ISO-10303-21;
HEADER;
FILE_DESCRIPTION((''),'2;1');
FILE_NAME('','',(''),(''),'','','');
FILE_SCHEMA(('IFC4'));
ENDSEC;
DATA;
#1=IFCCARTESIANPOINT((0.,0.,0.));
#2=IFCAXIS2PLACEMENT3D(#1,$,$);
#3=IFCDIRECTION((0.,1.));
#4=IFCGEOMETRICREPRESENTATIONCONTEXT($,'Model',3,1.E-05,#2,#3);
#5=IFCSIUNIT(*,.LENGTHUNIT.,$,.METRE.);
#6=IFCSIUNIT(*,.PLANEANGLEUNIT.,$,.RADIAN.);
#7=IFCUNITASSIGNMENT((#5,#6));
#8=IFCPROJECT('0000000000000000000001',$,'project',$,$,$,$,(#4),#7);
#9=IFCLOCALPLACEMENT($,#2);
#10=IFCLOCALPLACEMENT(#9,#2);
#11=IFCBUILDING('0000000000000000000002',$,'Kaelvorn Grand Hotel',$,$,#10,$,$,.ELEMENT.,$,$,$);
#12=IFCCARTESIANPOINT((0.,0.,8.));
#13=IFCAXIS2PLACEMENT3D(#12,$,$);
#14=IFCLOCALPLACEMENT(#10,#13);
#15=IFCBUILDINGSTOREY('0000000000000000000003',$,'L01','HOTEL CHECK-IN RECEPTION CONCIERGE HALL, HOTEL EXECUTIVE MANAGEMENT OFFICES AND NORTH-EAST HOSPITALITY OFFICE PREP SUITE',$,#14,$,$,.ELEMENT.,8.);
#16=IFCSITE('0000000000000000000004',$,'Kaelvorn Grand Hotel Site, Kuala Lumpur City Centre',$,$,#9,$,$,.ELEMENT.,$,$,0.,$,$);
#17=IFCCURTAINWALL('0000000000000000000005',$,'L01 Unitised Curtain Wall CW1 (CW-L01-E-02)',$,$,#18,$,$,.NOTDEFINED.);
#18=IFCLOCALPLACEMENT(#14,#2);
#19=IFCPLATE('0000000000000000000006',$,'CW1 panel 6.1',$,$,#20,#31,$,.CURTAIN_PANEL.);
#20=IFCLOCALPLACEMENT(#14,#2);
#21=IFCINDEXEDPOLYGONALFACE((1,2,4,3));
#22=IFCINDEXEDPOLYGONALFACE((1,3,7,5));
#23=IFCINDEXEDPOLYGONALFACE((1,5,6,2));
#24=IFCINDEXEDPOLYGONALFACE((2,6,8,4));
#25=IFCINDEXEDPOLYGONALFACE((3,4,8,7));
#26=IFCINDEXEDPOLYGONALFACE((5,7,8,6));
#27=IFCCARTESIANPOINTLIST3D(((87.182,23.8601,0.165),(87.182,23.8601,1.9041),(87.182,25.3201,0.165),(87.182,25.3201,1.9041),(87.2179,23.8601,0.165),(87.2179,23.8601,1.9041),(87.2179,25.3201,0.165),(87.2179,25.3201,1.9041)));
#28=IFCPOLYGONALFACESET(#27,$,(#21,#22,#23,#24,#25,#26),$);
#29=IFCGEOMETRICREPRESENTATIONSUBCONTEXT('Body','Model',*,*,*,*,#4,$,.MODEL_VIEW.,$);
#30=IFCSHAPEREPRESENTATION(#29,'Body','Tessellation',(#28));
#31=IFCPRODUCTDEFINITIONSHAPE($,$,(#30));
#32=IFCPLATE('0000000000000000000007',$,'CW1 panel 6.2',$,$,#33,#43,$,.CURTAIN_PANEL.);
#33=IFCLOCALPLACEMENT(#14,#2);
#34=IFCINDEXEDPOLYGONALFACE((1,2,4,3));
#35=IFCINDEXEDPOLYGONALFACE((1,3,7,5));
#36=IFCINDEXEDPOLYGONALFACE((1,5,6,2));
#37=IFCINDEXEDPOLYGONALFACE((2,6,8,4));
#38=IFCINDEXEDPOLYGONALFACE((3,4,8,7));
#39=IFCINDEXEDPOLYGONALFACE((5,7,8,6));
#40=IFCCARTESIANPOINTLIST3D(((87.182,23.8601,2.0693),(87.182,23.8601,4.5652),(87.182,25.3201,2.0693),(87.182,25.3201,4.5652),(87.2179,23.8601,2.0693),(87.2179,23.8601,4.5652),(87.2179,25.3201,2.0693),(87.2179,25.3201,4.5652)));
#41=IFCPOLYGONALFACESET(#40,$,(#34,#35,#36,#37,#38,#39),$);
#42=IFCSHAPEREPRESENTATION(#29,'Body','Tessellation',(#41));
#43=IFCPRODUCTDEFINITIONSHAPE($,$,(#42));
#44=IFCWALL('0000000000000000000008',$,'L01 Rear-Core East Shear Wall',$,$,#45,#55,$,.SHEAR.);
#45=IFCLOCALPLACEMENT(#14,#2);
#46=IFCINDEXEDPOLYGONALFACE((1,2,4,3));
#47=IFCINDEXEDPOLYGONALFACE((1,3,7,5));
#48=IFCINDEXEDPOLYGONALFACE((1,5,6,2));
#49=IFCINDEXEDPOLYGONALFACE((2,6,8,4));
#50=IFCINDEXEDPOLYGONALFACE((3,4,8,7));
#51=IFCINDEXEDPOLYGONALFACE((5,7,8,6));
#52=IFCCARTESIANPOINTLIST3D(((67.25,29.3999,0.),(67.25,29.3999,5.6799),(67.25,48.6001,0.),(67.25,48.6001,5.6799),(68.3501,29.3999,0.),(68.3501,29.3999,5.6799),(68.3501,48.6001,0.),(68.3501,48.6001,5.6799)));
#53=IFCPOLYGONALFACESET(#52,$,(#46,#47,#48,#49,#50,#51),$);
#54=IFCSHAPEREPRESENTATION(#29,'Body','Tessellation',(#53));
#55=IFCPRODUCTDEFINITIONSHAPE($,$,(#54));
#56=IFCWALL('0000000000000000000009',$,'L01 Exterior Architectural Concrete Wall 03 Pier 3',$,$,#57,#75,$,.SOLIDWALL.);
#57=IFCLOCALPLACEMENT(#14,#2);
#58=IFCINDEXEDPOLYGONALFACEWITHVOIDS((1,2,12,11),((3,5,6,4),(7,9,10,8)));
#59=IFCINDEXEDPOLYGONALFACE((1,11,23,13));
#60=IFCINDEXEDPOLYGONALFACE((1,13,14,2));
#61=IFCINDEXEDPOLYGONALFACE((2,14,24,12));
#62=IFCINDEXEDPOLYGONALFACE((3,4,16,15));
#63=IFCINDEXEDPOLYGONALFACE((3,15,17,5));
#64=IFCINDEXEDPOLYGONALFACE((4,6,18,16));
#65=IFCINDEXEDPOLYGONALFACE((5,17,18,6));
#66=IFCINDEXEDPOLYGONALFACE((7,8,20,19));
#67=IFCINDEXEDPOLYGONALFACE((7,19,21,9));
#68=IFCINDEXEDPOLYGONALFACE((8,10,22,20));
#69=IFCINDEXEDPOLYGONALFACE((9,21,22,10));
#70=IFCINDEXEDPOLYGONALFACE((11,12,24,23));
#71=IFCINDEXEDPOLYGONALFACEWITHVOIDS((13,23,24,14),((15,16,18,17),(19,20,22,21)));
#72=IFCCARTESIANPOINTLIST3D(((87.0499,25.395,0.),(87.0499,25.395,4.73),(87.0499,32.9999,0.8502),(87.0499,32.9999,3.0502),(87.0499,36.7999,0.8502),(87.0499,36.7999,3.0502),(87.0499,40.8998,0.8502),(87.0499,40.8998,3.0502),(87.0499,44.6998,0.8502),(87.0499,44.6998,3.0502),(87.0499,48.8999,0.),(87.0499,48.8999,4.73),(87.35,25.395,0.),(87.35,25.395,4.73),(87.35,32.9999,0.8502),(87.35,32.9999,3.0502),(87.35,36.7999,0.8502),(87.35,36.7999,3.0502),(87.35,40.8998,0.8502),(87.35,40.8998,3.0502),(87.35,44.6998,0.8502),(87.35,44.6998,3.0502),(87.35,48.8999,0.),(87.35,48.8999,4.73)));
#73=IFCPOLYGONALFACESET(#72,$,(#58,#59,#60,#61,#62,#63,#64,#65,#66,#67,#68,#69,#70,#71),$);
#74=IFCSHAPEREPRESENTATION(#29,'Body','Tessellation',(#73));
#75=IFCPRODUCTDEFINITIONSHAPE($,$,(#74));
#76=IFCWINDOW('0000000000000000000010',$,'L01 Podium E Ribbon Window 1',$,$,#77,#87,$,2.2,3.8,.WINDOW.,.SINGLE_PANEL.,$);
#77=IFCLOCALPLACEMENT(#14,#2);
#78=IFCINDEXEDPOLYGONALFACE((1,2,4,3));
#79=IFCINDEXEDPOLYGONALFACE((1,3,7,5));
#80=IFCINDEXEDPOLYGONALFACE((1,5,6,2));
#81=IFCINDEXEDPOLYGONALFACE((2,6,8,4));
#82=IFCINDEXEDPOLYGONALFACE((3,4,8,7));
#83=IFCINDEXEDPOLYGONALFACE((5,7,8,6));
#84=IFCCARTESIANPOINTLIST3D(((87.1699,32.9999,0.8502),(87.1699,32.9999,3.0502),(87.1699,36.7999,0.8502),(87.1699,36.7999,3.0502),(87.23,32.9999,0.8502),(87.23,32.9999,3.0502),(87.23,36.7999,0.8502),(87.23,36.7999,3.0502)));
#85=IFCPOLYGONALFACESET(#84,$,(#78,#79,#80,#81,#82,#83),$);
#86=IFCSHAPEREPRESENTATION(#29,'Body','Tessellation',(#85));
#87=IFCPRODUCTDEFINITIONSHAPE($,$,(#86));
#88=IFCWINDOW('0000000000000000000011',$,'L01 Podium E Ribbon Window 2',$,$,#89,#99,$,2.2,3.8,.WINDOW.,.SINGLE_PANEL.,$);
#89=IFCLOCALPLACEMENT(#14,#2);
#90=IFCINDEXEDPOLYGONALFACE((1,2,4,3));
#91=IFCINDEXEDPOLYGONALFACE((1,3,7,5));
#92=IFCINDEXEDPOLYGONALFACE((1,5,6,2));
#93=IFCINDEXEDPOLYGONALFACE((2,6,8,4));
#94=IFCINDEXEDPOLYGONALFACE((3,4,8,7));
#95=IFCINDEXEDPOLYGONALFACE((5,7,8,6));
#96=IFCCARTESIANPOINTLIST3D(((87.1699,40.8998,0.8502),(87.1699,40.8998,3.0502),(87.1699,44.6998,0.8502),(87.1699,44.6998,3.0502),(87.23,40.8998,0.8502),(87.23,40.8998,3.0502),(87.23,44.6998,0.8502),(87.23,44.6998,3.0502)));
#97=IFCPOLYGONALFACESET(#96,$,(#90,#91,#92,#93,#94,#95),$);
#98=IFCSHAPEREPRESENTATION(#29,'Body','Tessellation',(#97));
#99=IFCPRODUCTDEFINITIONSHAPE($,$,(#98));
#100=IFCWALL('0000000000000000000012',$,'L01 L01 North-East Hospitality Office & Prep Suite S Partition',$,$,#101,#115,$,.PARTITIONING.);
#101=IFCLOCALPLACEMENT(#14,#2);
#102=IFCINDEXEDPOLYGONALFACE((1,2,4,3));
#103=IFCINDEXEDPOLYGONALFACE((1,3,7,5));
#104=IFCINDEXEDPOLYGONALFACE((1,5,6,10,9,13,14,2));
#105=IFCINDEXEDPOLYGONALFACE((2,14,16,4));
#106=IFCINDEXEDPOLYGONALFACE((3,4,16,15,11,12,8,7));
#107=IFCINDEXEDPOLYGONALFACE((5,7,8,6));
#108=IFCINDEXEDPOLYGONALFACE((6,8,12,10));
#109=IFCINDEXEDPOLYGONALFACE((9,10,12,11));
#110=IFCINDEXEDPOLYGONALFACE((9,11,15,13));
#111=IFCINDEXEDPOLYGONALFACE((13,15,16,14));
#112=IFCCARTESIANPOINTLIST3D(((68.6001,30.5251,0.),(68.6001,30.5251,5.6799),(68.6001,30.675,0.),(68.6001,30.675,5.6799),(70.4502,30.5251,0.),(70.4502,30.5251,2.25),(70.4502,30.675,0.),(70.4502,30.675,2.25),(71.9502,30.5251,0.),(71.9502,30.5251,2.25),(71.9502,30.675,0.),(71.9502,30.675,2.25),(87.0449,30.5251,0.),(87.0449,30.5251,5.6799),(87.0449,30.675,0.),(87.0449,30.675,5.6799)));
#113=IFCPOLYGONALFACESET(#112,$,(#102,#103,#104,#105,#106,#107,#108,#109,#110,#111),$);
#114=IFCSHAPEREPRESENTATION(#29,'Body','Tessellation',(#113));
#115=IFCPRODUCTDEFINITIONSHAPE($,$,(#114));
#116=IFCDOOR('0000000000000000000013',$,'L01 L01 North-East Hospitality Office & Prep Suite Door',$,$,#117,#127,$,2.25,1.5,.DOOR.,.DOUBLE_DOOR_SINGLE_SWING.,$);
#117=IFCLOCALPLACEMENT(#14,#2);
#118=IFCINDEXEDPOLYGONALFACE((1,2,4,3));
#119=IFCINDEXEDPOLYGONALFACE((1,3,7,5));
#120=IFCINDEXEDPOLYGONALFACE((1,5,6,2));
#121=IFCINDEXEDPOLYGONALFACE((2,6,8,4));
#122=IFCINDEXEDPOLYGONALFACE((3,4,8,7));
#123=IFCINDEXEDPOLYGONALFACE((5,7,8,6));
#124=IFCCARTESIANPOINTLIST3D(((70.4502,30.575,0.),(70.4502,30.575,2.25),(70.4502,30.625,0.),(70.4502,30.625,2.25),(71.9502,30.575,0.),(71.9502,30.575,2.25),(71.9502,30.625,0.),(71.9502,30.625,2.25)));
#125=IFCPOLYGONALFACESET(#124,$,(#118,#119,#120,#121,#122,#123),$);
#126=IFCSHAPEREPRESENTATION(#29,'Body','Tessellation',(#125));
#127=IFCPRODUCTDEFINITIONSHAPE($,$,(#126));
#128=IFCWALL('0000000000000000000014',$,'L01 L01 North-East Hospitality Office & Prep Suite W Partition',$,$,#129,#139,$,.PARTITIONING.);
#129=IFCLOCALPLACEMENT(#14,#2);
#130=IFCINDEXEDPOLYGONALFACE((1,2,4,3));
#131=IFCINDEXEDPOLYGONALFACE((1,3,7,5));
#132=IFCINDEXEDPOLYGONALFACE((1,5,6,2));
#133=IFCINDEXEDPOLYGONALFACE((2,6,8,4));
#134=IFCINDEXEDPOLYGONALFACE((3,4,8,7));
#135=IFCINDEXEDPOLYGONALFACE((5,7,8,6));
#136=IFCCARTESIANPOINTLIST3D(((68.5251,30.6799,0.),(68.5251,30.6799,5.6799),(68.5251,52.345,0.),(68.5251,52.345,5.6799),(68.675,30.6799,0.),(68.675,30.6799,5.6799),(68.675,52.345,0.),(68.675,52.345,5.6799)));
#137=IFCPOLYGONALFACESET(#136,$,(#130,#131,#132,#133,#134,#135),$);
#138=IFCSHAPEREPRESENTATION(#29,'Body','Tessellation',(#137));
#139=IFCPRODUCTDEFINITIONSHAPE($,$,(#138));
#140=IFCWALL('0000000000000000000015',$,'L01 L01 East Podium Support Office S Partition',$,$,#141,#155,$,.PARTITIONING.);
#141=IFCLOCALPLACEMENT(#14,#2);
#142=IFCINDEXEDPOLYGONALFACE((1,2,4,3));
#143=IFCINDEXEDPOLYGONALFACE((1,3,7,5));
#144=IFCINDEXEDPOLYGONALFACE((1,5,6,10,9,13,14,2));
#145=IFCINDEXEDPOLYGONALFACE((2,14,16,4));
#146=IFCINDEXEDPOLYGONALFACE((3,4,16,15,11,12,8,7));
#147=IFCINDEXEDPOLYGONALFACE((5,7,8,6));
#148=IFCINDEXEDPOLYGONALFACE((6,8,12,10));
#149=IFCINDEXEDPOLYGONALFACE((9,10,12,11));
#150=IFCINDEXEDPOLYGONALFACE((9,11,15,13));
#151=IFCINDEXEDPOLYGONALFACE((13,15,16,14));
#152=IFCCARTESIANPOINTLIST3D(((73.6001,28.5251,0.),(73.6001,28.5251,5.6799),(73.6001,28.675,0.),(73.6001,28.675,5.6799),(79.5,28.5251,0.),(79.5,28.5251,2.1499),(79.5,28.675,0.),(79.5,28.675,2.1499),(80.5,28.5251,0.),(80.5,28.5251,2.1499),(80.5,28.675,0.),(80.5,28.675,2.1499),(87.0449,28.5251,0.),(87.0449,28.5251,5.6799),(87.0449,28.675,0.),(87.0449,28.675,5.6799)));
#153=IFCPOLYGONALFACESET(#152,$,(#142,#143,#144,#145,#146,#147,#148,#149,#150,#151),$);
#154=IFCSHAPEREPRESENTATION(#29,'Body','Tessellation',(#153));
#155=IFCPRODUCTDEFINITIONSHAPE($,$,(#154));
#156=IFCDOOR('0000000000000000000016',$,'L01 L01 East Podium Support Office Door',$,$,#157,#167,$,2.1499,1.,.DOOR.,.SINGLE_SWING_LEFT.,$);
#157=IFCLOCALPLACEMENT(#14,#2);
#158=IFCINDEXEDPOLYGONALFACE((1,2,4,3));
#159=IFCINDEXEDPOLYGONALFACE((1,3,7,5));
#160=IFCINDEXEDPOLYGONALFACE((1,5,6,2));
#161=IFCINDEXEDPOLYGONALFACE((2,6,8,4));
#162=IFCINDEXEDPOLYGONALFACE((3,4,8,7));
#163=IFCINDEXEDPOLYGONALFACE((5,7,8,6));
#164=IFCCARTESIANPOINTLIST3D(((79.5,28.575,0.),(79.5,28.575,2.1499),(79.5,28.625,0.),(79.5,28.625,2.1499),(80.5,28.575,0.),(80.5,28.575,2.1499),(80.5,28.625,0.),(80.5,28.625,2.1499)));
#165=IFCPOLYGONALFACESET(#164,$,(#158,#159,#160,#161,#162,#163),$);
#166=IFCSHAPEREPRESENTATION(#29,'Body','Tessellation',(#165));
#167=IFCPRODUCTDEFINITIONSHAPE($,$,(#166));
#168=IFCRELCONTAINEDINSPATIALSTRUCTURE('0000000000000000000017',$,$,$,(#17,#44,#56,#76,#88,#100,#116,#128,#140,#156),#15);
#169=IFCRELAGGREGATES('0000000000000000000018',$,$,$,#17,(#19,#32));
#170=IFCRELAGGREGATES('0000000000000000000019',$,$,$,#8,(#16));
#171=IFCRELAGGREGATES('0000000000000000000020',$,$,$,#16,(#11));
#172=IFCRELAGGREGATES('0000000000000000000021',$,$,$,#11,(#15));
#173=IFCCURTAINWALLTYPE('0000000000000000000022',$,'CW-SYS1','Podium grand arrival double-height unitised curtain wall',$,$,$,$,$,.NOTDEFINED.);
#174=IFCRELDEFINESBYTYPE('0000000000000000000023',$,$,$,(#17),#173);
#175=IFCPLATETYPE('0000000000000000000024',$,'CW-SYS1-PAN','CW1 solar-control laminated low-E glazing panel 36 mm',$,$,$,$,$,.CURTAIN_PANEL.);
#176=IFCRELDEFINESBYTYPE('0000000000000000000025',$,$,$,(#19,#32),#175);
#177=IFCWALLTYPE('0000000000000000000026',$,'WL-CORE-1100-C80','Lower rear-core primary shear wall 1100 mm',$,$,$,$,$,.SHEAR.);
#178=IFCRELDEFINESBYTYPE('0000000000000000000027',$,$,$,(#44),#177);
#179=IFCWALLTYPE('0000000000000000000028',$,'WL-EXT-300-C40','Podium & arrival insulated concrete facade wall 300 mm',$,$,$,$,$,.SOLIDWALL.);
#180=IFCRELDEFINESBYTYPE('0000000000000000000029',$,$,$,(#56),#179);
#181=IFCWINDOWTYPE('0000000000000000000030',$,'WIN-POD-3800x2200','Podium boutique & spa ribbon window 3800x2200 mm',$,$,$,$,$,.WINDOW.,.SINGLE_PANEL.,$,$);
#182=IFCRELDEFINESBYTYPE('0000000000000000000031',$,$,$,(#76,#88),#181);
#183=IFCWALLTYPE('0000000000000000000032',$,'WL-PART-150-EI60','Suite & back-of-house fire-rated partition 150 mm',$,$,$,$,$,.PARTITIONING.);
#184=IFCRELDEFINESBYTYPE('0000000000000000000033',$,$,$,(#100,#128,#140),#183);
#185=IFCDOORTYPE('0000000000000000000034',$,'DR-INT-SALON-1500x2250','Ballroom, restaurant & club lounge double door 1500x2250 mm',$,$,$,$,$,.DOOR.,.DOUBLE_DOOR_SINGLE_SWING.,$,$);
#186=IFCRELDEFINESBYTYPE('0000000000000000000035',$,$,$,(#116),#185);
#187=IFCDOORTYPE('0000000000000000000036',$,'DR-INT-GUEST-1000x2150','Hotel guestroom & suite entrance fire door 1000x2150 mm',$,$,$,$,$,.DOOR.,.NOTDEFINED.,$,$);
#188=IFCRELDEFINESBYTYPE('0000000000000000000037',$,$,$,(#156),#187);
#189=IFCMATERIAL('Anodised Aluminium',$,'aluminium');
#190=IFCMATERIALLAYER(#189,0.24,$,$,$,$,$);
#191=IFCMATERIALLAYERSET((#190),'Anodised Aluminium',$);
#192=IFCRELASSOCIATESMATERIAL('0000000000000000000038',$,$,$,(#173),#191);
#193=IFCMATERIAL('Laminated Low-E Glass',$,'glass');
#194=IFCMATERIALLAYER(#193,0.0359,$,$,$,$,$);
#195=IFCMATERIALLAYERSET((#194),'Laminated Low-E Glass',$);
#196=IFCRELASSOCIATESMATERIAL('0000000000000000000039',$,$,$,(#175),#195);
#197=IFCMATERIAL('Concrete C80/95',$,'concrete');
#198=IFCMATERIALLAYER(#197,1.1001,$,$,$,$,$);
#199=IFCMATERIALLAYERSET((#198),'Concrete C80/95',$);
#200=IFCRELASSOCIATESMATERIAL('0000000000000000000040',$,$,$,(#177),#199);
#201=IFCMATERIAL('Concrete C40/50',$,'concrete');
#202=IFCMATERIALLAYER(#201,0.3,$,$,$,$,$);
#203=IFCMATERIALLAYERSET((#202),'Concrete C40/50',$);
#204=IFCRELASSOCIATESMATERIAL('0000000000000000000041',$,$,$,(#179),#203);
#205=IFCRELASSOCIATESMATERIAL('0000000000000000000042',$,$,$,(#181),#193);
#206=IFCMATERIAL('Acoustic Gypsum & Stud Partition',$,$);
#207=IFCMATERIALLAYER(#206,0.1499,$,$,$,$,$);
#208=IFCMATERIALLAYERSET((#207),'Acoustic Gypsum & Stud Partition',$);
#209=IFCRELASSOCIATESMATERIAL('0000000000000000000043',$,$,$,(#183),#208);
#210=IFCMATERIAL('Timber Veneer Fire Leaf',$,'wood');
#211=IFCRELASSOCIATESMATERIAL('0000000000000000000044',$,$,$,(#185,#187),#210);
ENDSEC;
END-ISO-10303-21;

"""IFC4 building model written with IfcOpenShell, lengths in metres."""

from ifc_helpers import new_model, si_unit, direction, frame, frame_2d, origin, origin_2d, place, context, subcontext, project, spatial, rectangle, extrude, material, layer, layer_set, type_object, element, fill, aggregate, save


model = new_model("IFC4")

# Units and contexts
model_context = context("Model", 3, precision=1e-05, world=origin(), true_north=direction((0.0, 1.0)))
body_context = subcontext(model_context, "Body", "Model", "MODEL_VIEW")
ifc_project = project(units=[si_unit("LENGTHUNIT", "METRE"), si_unit("PLANEANGLEUNIT", "RADIAN")], contexts=[model_context])

# Site, building, storey
site_placement = place(None, origin())
site = spatial("IfcSite", under=ifc_project, at=site_placement, Name="Kaelvorn Grand Hotel Site, Kuala Lumpur City Centre", CompositionType="ELEMENT", RefElevation=0.0)
building_placement = place(site_placement, origin())
building = spatial("IfcBuilding", under=site, at=building_placement, Name="Kaelvorn Grand Hotel", CompositionType="ELEMENT")
storey_placement = place(building_placement, frame((0.0, 0.0, 8.0)))
storey = spatial("IfcBuildingStorey", under=building, at=storey_placement, Name="L01", Description="HOTEL CHECK-IN RECEPTION CONCIERGE HALL, HOTEL EXECUTIVE MANAGEMENT OFFICES AND NORTH-EAST HOSPITALITY OFFICE PREP SUITE", CompositionType="ELEMENT", Elevation=8.0)

# Shared definitions
ifc_material_1 = material(Name="Concrete C80/95", Category="concrete")

# Curtain wall, plates
ifc_material_2 = material(Name="Anodised Aluminium", Category="aluminium")
ifc_layer_1 = layer(ifc_material_2, 0.24)
ifc_layer_set_1 = layer_set([ifc_layer_1], Name="Anodised Aluminium")
curtain_wall_type = type_object("IfcCurtainWallType", Name="CW-SYS1", Description="Podium grand arrival double-height unitised curtain wall", PredefinedType="NOTDEFINED", material=ifc_layer_set_1)
curtain_wall_placement = place(storey_placement, origin())
curtain_wall = element("IfcCurtainWall", 1, at=curtain_wall_placement, inside=storey, type_object=curtain_wall_type, Name="L01 Unitised Curtain Wall CW1 (CW-L01-E-02)", PredefinedType="NOTDEFINED")
ifc_material_3 = material(Name="Laminated Low-E Glass", Category="glass")
ifc_layer_2 = layer(ifc_material_3, 0.0359)
ifc_layer_set_2 = layer_set([ifc_layer_2], Name="Laminated Low-E Glass")
plate_type = type_object("IfcPlateType", Name="CW-SYS1-PAN", Description="CW1 solar-control laminated low-E glazing panel 36 mm", PredefinedType="CURTAIN_PANEL", material=ifc_layer_set_2)
plate_1_placement = place(storey_placement, frame((87.2, 24.5901, 0.165), z_axis=(0.0, 0.0, 1.0), x_axis=(0.0, 1.0, 0.0)))
plate_1 = element("IfcPlate", 2, at=plate_1_placement, type_object=plate_type, Name="CW1 panel 6.1", PredefinedType="CURTAIN_PANEL", context=body_context, shape_type="SweptSolid", body=[
    extrude(rectangle(XDim=1.46, YDim=0.0359, at=origin_2d()), origin(), (0.0, 0.0, 1.0), 1.739),
])
plate_2_placement = place(storey_placement, frame((87.2, 24.5901, 2.0693), z_axis=(0.0, 0.0, 1.0), x_axis=(0.0, 1.0, 0.0)))
plate_2 = element("IfcPlate", 3, at=plate_2_placement, type_object=plate_type, Name="CW1 panel 6.2", PredefinedType="CURTAIN_PANEL", context=body_context, shape_type="SweptSolid", body=[
    extrude(rectangle(XDim=1.46, YDim=0.0359, at=origin_2d()), origin(), (0.0, 0.0, 1.0), 2.4958),
])
aggregate(curtain_wall, [plate_1, plate_2])

# Wall
ifc_layer_3 = layer(ifc_material_1, 1.1001)
ifc_layer_set_3 = layer_set([ifc_layer_3], Name="Concrete C80/95")
wall_type_1 = type_object("IfcWallType", Name="WL-CORE-1100-C80", Description="Lower rear-core primary shear wall 1100 mm", PredefinedType="SHEAR", material=ifc_layer_set_3)
wall_1_placement = place(storey_placement, frame((67.8, 29.3999, 0.0), z_axis=(0.0, 0.0, 1.0), x_axis=(0.0, 1.0, 0.0)))
element("IfcWall", 4, at=wall_1_placement, inside=storey, type_object=wall_type_1, Name="L01 Rear-Core East Shear Wall", PredefinedType="SHEAR", context=body_context, shape_type="SweptSolid", body=[
    extrude(rectangle(XDim=19.2002, YDim=1.1001, at=frame_2d((9.6001, 0.0))), origin(), (0.0, 0.0, 1.0), 5.6799),
])

# Wall, openings, windows
ifc_material_4 = material(Name="Concrete C40/50", Category="concrete")
ifc_layer_4 = layer(ifc_material_4, 0.3)
ifc_layer_set_4 = layer_set([ifc_layer_4], Name="Concrete C40/50")
wall_type_2 = type_object("IfcWallType", Name="WL-EXT-300-C40", Description="Podium & arrival insulated concrete facade wall 300 mm", PredefinedType="SOLIDWALL", material=ifc_layer_set_4)
wall_2_placement = place(storey_placement, frame((87.2, 25.395, 0.0), z_axis=(0.0, 0.0, 1.0), x_axis=(0.0, 1.0, 0.0)))
wall_2 = element("IfcWall", 5, at=wall_2_placement, inside=storey, type_object=wall_type_2, Name="L01 Exterior Architectural Concrete Wall 03 Pier 3", PredefinedType="SOLIDWALL", context=body_context, shape_type="SweptSolid", body=[
    extrude(rectangle(XDim=23.5049, YDim=0.3, at=frame_2d((11.7524, 0.0))), origin(), (0.0, 0.0, 1.0), 4.73),
])
opening_1_placement = place(wall_2_placement, frame((7.605, 0.0, 0.8501)))
opening_1 = element("IfcOpeningElement", 6, at=opening_1_placement, cuts=wall_2, PredefinedType="OPENING", context=body_context, shape_type="SweptSolid", body=[
    extrude(rectangle(XDim=3.8, YDim=2.2, at=frame_2d((1.8999, 1.1001))), frame((0.0, 0.1602, 0.0), z_axis=(0.0, -1.0, 0.0), x_axis=(1.0, 0.0, 0.0)), (0.0, 0.0, 1.0), 0.3201),
])
opening_2_placement = place(wall_2_placement, frame((15.5049, 0.0, 0.8501)))
opening_2 = element("IfcOpeningElement", 7, at=opening_2_placement, cuts=wall_2, PredefinedType="OPENING", context=body_context, shape_type="SweptSolid", body=[
    extrude(rectangle(XDim=3.8, YDim=2.2, at=frame_2d((1.8999, 1.1001))), frame((0.0, 0.1602, 0.0), z_axis=(0.0, -1.0, 0.0), x_axis=(1.0, 0.0, 0.0)), (0.0, 0.0, 1.0), 0.3201),
])
window_type = type_object("IfcWindowType", Name="WIN-POD-3800x2200", Description="Podium boutique & spa ribbon window 3800x2200 mm", PartitioningType="SINGLE_PANEL", PredefinedType="WINDOW", material=ifc_material_3)
window_1_placement = place(opening_1_placement, origin())
window_1 = element("IfcWindow", 8, at=window_1_placement, inside=storey, type_object=window_type, Name="L01 Podium E Ribbon Window 1", OverallHeight=2.2, OverallWidth=3.8, PartitioningType="SINGLE_PANEL", PredefinedType="WINDOW", context=body_context, shape_type="SweptSolid", body=[
    extrude(rectangle(XDim=3.8, YDim=2.2, at=frame_2d((1.8999, 1.1001))), frame((0.0, 0.03, 0.0), z_axis=(0.0, -1.0, 0.0), x_axis=(1.0, 0.0, 0.0)), (0.0, 0.0, 1.0), 0.0601),
])
fill(opening_1, window_1)
window_2_placement = place(opening_2_placement, origin())
window_2 = element("IfcWindow", 9, at=window_2_placement, inside=storey, type_object=window_type, Name="L01 Podium E Ribbon Window 2", OverallHeight=2.2, OverallWidth=3.8, PartitioningType="SINGLE_PANEL", PredefinedType="WINDOW", context=body_context, shape_type="SweptSolid", body=[
    extrude(rectangle(XDim=3.8, YDim=2.2, at=frame_2d((1.8999, 1.1001))), frame((0.0, 0.03, 0.0), z_axis=(0.0, -1.0, 0.0), x_axis=(1.0, 0.0, 0.0)), (0.0, 0.0, 1.0), 0.0601),
])
fill(opening_2, window_2)

# Wall, opening, door
ifc_material_5 = material(Name="Acoustic Gypsum & Stud Partition")
ifc_layer_5 = layer(ifc_material_5, 0.1499)
ifc_layer_set_5 = layer_set([ifc_layer_5], Name="Acoustic Gypsum & Stud Partition")
wall_type_3 = type_object("IfcWallType", Name="WL-PART-150-EI60", Description="Suite & back-of-house fire-rated partition 150 mm", PredefinedType="PARTITIONING", material=ifc_layer_set_5)
wall_3_placement = place(storey_placement, frame((68.6001, 30.6001, 0.0), z_axis=(0.0, 0.0, 1.0), x_axis=(1.0, 0.0, 0.0)))
wall_3 = element("IfcWall", 10, at=wall_3_placement, inside=storey, type_object=wall_type_3, Name="L01 L01 North-East Hospitality Office & Prep Suite S Partition", PredefinedType="PARTITIONING", context=body_context, shape_type="SweptSolid", body=[
    extrude(rectangle(XDim=18.4448, YDim=0.1499, at=frame_2d((9.2224, 0.0))), origin(), (0.0, 0.0, 1.0), 5.6799),
])
opening_3_placement = place(wall_3_placement, frame((1.8501, 0.0, 0.0)))
opening_3 = element("IfcOpeningElement", 11, at=opening_3_placement, cuts=wall_3, PredefinedType="OPENING", context=body_context, shape_type="SweptSolid", body=[
    extrude(rectangle(XDim=1.5, YDim=2.25, at=frame_2d((0.75, 1.125))), frame((0.0, 0.085, 0.0), z_axis=(0.0, -1.0, 0.0), x_axis=(1.0, 0.0, 0.0)), (0.0, 0.0, 1.0), 0.1699),
])
ifc_material_6 = material(Name="Timber Veneer Fire Leaf", Category="wood")
door_type_1 = type_object("IfcDoorType", Name="DR-INT-SALON-1500x2250", Description="Ballroom, restaurant & club lounge double door 1500x2250 mm", OperationType="DOUBLE_DOOR_SINGLE_SWING", PredefinedType="DOOR", material=ifc_material_6)
door_1_placement = place(opening_3_placement, origin())
door_1 = element("IfcDoor", 12, at=door_1_placement, inside=storey, type_object=door_type_1, Name="L01 L01 North-East Hospitality Office & Prep Suite Door", OperationType="DOUBLE_DOOR_SINGLE_SWING", OverallHeight=2.25, OverallWidth=1.5, PredefinedType="DOOR", context=body_context, shape_type="SweptSolid", body=[
    extrude(rectangle(XDim=1.5, YDim=2.25, at=frame_2d((0.75, 1.125))), frame((0.0, 0.0249, 0.0), z_axis=(0.0, -1.0, 0.0), x_axis=(1.0, 0.0, 0.0)), (0.0, 0.0, 1.0), 0.05),
])
fill(opening_3, door_1)

# Wall
wall_4_placement = place(storey_placement, frame((68.6001, 30.6799, 0.0), z_axis=(0.0, 0.0, 1.0), x_axis=(0.0, 1.0, 0.0)))
element("IfcWall", 13, at=wall_4_placement, inside=storey, type_object=wall_type_3, Name="L01 L01 North-East Hospitality Office & Prep Suite W Partition", PredefinedType="PARTITIONING", context=body_context, shape_type="SweptSolid", body=[
    extrude(rectangle(XDim=21.665, YDim=0.1499, at=frame_2d((10.8325, 0.0))), origin(), (0.0, 0.0, 1.0), 5.6799),
])

# Wall, opening, door
wall_5_placement = place(storey_placement, frame((73.6001, 28.6001, 0.0), z_axis=(0.0, 0.0, 1.0), x_axis=(1.0, 0.0, 0.0)))
wall_5 = element("IfcWall", 14, at=wall_5_placement, inside=storey, type_object=wall_type_3, Name="L01 L01 East Podium Support Office S Partition", PredefinedType="PARTITIONING", context=body_context, shape_type="SweptSolid", body=[
    extrude(rectangle(XDim=13.4448, YDim=0.1499, at=frame_2d((6.7224, 0.0))), origin(), (0.0, 0.0, 1.0), 5.6799),
])
opening_4_placement = place(wall_5_placement, frame((5.8999, 0.0, 0.0)))
opening_4 = element("IfcOpeningElement", 15, at=opening_4_placement, cuts=wall_5, PredefinedType="OPENING", context=body_context, shape_type="SweptSolid", body=[
    extrude(rectangle(XDim=1.0, YDim=2.1499, at=frame_2d((0.5, 1.075))), frame((0.0, 0.085, 0.0), z_axis=(0.0, -1.0, 0.0), x_axis=(1.0, 0.0, 0.0)), (0.0, 0.0, 1.0), 0.1699),
])
door_type_2 = type_object("IfcDoorType", Name="DR-INT-GUEST-1000x2150", Description="Hotel guestroom & suite entrance fire door 1000x2150 mm", OperationType="NOTDEFINED", PredefinedType="DOOR", material=ifc_material_6)
door_2_placement = place(opening_4_placement, origin())
door_2 = element("IfcDoor", 16, at=door_2_placement, inside=storey, type_object=door_type_2, Name="L01 L01 East Podium Support Office Door", OperationType="SINGLE_SWING_LEFT", OverallHeight=2.1499, OverallWidth=1.0, PredefinedType="DOOR", context=body_context, shape_type="SweptSolid", body=[
    extrude(rectangle(XDim=1.0, YDim=2.1499, at=frame_2d((0.5, 1.075))), frame((0.0, 0.0249, 0.0), z_axis=(0.0, -1.0, 0.0), x_axis=(1.0, 0.0, 0.0)), (0.0, 0.0, 1.0), 0.05),
])
fill(opening_4, door_2)

save(model, "model.ifc")
